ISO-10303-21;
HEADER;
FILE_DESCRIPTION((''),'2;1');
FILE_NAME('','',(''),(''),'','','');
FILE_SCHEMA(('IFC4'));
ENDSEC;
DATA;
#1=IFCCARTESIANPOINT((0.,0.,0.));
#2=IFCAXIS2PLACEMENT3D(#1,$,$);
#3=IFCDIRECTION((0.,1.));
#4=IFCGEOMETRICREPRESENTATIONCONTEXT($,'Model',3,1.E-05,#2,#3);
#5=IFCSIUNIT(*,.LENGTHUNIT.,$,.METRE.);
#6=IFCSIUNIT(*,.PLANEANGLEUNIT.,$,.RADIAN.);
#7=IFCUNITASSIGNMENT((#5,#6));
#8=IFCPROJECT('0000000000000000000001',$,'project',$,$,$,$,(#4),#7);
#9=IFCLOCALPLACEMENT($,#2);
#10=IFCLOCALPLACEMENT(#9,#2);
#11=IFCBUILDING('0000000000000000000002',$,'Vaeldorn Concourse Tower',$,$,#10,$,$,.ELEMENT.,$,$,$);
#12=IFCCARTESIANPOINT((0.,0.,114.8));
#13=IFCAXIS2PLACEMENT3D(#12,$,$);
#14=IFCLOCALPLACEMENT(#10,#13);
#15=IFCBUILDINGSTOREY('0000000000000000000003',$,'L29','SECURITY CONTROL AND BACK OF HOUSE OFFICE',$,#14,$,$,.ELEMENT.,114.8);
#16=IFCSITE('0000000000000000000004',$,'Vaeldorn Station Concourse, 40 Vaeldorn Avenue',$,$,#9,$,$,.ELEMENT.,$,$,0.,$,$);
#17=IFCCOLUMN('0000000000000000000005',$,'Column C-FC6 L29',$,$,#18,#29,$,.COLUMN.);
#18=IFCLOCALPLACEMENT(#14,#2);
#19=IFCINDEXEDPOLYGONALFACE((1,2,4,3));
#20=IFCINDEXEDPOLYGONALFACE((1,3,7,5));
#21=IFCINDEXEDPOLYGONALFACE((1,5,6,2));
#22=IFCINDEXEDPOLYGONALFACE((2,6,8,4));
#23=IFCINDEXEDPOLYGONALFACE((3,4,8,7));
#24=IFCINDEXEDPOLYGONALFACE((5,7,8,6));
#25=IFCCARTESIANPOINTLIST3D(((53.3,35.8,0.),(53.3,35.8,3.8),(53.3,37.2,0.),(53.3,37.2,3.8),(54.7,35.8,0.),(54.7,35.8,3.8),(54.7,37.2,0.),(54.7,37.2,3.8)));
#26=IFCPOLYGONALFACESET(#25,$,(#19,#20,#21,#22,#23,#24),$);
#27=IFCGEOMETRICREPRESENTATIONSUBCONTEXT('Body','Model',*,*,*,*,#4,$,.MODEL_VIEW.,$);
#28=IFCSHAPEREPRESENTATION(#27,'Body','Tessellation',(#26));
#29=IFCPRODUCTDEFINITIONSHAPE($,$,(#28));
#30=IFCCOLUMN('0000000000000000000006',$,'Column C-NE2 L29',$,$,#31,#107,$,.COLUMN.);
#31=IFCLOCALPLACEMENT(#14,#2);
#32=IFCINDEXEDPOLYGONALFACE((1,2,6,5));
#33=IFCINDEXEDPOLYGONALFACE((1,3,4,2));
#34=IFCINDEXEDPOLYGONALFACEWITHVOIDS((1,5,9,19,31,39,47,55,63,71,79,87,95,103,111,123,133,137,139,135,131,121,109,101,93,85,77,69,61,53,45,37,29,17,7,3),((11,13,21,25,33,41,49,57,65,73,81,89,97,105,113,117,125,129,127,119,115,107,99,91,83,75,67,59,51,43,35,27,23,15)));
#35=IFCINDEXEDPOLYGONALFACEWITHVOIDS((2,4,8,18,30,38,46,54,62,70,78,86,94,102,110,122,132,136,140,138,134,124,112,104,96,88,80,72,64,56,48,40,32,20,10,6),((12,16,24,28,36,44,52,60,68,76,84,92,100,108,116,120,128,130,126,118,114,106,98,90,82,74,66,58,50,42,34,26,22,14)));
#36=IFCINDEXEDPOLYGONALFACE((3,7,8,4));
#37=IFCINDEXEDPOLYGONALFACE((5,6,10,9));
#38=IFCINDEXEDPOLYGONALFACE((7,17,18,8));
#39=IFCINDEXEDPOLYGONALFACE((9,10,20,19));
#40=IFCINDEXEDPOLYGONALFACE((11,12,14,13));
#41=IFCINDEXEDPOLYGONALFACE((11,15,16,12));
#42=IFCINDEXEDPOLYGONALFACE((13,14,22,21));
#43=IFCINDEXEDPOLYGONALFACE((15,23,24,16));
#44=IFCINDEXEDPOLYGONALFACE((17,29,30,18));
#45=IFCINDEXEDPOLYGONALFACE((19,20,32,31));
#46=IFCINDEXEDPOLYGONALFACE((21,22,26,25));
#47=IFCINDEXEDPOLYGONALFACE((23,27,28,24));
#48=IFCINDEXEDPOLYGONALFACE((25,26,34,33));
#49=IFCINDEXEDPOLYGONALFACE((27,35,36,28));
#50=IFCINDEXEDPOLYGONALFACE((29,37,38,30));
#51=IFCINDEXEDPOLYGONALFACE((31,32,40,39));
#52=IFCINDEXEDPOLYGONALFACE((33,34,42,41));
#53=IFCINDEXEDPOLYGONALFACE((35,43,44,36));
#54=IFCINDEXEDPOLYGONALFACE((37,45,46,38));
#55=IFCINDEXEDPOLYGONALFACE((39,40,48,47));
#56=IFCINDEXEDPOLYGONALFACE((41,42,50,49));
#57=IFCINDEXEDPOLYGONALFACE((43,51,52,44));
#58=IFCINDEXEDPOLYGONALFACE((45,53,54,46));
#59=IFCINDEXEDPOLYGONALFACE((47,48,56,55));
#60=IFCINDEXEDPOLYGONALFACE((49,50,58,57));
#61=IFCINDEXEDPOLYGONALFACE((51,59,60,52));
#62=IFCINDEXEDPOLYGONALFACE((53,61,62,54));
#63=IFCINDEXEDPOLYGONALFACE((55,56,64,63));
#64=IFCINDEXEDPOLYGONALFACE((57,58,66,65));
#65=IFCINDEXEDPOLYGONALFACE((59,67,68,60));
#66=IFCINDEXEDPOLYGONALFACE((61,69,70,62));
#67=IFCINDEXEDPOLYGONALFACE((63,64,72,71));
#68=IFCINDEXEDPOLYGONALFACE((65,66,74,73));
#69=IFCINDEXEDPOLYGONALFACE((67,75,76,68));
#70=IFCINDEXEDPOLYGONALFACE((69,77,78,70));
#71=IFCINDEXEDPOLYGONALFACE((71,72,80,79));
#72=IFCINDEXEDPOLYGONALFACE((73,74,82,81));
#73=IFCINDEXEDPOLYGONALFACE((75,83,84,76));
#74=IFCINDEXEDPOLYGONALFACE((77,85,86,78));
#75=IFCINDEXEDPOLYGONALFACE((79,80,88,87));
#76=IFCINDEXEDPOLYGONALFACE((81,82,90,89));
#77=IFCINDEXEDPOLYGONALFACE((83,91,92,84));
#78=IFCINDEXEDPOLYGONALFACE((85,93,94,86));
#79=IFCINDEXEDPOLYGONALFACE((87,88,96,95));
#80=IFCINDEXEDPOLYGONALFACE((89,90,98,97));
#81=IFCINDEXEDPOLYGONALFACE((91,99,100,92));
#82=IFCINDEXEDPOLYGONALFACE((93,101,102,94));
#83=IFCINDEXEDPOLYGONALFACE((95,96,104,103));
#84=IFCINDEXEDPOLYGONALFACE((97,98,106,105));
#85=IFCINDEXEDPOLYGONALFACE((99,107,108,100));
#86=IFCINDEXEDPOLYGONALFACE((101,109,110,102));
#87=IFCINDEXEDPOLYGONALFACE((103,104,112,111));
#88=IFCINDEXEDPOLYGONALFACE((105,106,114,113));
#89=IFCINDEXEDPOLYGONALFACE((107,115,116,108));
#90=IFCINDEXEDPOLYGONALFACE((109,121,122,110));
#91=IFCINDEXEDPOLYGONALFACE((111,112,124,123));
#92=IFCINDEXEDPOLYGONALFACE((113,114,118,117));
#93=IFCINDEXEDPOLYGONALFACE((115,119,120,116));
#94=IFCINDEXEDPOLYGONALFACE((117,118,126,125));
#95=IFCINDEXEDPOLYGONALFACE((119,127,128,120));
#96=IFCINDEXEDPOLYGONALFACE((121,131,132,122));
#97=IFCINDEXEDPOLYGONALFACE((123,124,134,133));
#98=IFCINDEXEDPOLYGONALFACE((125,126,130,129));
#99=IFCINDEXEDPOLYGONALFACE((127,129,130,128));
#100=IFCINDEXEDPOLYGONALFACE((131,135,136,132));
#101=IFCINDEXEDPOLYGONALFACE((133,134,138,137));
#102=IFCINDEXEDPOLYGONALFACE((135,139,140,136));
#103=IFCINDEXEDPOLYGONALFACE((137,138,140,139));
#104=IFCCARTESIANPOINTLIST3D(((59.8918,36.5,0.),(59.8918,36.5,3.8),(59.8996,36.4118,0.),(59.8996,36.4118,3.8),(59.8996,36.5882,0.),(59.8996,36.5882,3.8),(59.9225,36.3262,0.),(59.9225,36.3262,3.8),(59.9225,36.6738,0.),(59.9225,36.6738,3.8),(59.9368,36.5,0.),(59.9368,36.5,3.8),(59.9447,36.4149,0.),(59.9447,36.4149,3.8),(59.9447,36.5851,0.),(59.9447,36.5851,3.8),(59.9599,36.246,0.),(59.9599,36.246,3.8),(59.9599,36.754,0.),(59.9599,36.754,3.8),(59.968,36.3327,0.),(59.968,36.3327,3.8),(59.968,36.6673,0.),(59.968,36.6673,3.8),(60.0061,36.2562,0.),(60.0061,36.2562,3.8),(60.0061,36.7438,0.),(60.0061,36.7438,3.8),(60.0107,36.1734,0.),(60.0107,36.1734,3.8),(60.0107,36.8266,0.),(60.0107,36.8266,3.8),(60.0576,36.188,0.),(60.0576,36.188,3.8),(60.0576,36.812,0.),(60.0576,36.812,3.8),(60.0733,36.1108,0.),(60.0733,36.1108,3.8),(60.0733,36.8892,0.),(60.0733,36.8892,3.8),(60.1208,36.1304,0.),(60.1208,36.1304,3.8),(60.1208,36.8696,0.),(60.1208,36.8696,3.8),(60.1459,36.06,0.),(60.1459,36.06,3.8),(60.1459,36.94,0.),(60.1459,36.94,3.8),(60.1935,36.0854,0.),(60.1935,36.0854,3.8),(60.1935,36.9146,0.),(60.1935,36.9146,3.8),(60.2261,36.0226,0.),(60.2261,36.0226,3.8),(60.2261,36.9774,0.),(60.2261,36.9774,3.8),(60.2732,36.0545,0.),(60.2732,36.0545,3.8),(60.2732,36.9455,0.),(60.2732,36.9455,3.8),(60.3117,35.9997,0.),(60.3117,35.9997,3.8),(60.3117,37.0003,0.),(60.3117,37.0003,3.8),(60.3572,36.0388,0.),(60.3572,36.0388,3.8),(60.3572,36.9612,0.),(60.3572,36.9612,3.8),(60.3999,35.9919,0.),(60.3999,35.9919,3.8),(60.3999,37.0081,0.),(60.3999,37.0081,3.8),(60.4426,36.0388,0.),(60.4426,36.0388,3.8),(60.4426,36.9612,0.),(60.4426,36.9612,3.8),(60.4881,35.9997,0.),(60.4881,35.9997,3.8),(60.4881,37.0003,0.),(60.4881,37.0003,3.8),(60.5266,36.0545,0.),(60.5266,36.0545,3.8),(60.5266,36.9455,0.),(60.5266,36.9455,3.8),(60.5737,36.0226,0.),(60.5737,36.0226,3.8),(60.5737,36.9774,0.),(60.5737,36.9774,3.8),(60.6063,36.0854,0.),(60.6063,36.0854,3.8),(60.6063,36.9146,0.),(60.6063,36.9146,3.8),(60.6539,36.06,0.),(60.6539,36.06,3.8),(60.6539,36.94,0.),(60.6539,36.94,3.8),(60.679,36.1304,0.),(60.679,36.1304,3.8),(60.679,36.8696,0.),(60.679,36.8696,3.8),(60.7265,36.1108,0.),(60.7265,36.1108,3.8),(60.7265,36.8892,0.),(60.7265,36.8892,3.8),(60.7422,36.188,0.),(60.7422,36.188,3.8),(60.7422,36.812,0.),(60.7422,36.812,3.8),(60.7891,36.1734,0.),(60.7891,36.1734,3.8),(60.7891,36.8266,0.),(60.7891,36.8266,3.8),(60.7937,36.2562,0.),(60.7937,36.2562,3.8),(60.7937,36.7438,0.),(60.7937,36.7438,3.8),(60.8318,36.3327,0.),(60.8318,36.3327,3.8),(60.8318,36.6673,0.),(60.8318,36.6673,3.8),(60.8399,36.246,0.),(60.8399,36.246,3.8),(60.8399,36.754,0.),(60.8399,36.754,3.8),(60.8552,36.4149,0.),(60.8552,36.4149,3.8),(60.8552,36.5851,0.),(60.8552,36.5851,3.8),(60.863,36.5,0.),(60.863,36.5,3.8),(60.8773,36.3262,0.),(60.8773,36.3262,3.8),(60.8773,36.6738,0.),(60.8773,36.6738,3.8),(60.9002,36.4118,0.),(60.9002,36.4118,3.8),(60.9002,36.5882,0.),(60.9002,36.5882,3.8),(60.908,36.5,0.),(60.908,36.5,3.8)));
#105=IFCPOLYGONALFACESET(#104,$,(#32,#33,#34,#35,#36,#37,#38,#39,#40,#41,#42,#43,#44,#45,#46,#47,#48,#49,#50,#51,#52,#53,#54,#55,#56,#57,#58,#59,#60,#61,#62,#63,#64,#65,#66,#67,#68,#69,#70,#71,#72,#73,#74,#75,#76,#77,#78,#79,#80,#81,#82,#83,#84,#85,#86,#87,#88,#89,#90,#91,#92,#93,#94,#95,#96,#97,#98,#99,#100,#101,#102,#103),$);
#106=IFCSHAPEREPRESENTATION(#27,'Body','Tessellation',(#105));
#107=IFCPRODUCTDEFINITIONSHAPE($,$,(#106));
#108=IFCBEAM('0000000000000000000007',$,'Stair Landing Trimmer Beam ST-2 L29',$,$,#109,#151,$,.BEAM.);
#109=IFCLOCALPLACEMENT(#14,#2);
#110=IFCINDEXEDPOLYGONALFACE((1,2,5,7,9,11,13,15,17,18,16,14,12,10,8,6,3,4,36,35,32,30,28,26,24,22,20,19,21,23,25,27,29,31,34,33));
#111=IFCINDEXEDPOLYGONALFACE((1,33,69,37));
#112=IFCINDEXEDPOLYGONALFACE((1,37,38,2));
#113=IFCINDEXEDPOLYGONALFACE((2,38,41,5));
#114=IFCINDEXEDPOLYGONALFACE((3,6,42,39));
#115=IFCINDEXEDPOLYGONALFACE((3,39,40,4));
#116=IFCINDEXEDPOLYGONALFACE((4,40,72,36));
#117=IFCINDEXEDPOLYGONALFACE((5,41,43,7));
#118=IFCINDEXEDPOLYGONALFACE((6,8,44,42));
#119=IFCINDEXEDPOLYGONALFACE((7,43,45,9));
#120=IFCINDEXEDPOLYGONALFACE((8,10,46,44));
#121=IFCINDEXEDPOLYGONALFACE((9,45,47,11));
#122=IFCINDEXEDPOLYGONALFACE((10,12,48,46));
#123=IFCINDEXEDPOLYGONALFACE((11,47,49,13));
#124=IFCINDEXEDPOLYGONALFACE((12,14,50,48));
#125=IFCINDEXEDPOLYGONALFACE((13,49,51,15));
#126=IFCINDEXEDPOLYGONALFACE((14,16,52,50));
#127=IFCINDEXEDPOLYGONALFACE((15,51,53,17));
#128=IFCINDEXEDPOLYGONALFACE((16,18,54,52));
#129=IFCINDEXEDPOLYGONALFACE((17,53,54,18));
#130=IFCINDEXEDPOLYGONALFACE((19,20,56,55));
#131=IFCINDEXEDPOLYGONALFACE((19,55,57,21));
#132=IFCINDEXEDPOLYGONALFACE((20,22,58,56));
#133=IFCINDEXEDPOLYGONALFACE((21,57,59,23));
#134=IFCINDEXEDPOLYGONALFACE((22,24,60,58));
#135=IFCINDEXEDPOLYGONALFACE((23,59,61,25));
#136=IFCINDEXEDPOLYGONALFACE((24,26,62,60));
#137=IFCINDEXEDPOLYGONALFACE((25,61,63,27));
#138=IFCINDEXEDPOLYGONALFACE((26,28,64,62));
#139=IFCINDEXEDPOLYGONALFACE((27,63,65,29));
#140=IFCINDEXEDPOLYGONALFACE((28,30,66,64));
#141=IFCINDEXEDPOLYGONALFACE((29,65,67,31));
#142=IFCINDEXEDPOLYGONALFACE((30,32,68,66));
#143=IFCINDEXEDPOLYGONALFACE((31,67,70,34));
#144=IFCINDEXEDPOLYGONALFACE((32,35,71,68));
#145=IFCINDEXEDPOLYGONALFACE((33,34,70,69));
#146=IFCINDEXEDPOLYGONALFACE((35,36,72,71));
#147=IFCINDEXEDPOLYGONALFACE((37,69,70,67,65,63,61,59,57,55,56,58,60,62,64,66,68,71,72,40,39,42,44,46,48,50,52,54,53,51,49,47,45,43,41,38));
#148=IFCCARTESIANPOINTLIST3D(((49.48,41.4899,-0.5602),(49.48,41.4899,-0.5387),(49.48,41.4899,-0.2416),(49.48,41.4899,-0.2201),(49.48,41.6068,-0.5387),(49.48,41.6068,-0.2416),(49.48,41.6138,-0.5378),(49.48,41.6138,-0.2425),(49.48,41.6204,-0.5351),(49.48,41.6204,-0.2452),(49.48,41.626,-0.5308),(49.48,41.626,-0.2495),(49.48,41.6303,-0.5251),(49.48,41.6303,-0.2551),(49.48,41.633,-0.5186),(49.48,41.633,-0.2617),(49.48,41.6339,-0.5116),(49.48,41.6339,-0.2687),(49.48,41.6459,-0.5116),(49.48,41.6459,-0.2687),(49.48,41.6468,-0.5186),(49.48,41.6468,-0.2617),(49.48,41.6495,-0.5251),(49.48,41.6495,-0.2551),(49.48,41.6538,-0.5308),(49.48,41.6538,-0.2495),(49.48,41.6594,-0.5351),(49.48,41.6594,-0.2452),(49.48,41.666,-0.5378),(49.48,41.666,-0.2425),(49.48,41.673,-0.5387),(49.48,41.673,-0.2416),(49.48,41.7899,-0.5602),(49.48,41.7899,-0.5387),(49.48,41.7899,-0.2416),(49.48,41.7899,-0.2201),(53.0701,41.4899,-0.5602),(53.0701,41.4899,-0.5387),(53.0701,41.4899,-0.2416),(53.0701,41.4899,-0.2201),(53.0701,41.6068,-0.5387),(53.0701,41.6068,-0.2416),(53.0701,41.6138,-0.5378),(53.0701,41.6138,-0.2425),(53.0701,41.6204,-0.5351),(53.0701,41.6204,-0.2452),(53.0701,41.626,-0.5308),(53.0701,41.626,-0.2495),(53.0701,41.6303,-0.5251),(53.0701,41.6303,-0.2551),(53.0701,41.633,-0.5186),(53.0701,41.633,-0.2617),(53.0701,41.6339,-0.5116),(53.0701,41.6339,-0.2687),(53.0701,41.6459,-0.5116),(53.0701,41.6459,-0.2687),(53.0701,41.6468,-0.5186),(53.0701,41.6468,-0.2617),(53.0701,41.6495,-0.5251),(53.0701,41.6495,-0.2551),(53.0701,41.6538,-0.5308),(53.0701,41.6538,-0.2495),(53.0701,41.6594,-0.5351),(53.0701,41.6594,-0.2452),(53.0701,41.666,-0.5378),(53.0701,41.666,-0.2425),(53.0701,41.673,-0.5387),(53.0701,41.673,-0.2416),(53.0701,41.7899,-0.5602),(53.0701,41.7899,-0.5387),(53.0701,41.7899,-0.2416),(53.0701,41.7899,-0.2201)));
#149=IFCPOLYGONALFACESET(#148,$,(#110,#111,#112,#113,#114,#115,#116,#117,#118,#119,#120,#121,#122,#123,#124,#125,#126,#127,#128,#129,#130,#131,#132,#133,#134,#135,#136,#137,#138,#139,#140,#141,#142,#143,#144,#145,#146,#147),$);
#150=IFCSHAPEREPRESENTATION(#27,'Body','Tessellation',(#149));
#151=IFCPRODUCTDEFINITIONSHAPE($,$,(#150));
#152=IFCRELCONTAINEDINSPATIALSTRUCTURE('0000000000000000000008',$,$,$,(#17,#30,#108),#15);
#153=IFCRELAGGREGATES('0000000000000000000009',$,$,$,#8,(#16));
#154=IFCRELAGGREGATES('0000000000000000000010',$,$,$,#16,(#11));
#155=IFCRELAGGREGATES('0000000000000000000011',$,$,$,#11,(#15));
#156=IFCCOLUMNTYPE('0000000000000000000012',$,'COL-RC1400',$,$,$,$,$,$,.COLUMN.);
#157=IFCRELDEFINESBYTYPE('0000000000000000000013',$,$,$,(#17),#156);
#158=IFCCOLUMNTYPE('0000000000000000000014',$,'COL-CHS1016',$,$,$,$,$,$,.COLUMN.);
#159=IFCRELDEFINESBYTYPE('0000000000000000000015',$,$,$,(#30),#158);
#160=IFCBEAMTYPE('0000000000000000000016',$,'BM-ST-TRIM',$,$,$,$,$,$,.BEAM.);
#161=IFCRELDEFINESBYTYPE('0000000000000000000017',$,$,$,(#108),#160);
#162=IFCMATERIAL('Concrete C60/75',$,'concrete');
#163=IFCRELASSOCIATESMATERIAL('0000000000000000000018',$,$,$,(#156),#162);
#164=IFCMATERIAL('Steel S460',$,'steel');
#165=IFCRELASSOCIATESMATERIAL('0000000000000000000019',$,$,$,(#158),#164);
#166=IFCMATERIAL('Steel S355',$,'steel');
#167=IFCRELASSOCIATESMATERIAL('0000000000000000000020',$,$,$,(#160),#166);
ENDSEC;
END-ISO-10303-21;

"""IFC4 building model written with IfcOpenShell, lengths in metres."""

from ifc_helpers import new_model, si_unit, direction, frame, origin, origin_2d, place, context, subcontext, project, spatial, rectangle, hollow_circle, i_section, extrude, source, transform, mapped, material, material_profile, profile_set, type_object, element, save


model = new_model("IFC4")

# Units and contexts
model_context = context("Model", 3, precision=1e-05, world=origin(), true_north=direction((0.0, 1.0)))
body_context = subcontext(model_context, "Body", "Model", "MODEL_VIEW")
ifc_project = project(units=[si_unit("LENGTHUNIT", "METRE"), si_unit("PLANEANGLEUNIT", "RADIAN")], contexts=[model_context])

# Site, building, storey
site_placement = place(None, origin())
site = spatial("IfcSite", under=ifc_project, at=site_placement, Name="Vaeldorn Station Concourse, 40 Vaeldorn Avenue", CompositionType="ELEMENT", RefElevation=0.0)
building_placement = place(site_placement, origin())
building = spatial("IfcBuilding", under=site, at=building_placement, Name="Vaeldorn Concourse Tower", CompositionType="ELEMENT")
storey_placement = place(building_placement, frame((0.0, 0.0, 114.8)))
storey = spatial("IfcBuildingStorey", under=building, at=storey_placement, Name="L29", Description="SECURITY CONTROL AND BACK OF HOUSE OFFICE", CompositionType="ELEMENT", Elevation=114.8)

# Columns
ifc_material_1 = material(Name="Concrete C60/75", Category="concrete")
ifc_material_profile_1 = material_profile(ifc_material_1, rectangle(XDim=1.3999, YDim=1.3999, at=origin_2d()), Name="RC 1400x1400")
ifc_profile_set_1 = profile_set([ifc_material_profile_1], Name="Concrete C60/75")
column_type_1 = type_object("IfcColumnType", Name="COL-RC1400", PredefinedType="COLUMN", material=ifc_profile_set_1)
shared_shape_1 = source(origin(), body_context, "Body", "SweptSolid", [
    extrude(rectangle(XDim=1.3999, YDim=1.3999, at=origin_2d()), origin(), (0.0, 0.0, 1.0), 3.8),
])
column_1_placement = place(storey_placement, frame((54.0, 36.5, 0.0), z_axis=(0.0, 0.0, 1.0), x_axis=(1.0, 0.0, 0.0)))
element("IfcColumn", 1, at=column_1_placement, inside=storey, type_object=column_type_1, Name="Column C-FC6 L29", PredefinedType="COLUMN", context=body_context, shape_type="MappedRepresentation", body=[
    mapped(shared_shape_1, transform((0.0, 0.0, 0.0), scale=1.0)),
])
ifc_material_2 = material(Name="Steel S460", Category="steel")
ifc_material_profile_2 = material_profile(ifc_material_2, hollow_circle(Radius=0.5081, WallThickness=0.0449, at=origin_2d()), Name="CHS 1016x45")
ifc_profile_set_2 = profile_set([ifc_material_profile_2], Name="Steel S460")
column_type_2 = type_object("IfcColumnType", Name="COL-CHS1016", PredefinedType="COLUMN", material=ifc_profile_set_2)
shared_shape_2 = source(origin(), body_context, "Body", "SweptSolid", [
    extrude(hollow_circle(Radius=0.5081, WallThickness=0.0449, at=origin_2d()), origin(), (0.0, 0.0, 1.0), 3.8),
])
column_2_placement = place(storey_placement, frame((60.3999, 36.5, 0.0), z_axis=(0.0, 0.0, 1.0), x_axis=(1.0, 0.0, 0.0)))
element("IfcColumn", 2, at=column_2_placement, inside=storey, type_object=column_type_2, Name="Column C-NE2 L29", PredefinedType="COLUMN", context=body_context, shape_type="MappedRepresentation", body=[
    mapped(shared_shape_2, transform((0.0, 0.0, 0.0), scale=1.0)),
])

# Beam
ifc_material_3 = material(Name="Steel S355", Category="steel")
ifc_material_profile_3 = material_profile(ifc_material_3, i_section(OverallWidth=0.3, OverallDepth=0.3401, WebThickness=0.012, FlangeThickness=0.0215, FilletRadius=0.0271, at=origin_2d()), Name="HEB 340")
ifc_profile_set_3 = profile_set([ifc_material_profile_3], Name="Steel S355")
beam_type_1 = type_object("IfcBeamType", Name="BM-ST-TRIM", PredefinedType="BEAM", material=ifc_profile_set_3)
shared_shape_3 = source(origin(), body_context, "Body", "SweptSolid", [
    extrude(i_section(OverallWidth=0.3, OverallDepth=0.3401, WebThickness=0.012, FlangeThickness=0.0215, FilletRadius=0.0271, at=origin_2d()), origin(), (0.0, 0.0, 1.0), 3.5901),
])
beam_1_placement = place(storey_placement, frame((49.48, 41.6399, -0.3901), z_axis=(1.0, 0.0, 0.0), x_axis=(0.0, 1.0, 0.0)))
element("IfcBeam", 3, at=beam_1_placement, inside=storey, type_object=beam_type_1, Name="Stair Landing Trimmer Beam ST-2 L29", PredefinedType="BEAM", context=body_context, shape_type="MappedRepresentation", body=[
    mapped(shared_shape_3, transform((0.0, 0.0, 0.0), scale=1.0)),
])

save(model, "model.ifc")
